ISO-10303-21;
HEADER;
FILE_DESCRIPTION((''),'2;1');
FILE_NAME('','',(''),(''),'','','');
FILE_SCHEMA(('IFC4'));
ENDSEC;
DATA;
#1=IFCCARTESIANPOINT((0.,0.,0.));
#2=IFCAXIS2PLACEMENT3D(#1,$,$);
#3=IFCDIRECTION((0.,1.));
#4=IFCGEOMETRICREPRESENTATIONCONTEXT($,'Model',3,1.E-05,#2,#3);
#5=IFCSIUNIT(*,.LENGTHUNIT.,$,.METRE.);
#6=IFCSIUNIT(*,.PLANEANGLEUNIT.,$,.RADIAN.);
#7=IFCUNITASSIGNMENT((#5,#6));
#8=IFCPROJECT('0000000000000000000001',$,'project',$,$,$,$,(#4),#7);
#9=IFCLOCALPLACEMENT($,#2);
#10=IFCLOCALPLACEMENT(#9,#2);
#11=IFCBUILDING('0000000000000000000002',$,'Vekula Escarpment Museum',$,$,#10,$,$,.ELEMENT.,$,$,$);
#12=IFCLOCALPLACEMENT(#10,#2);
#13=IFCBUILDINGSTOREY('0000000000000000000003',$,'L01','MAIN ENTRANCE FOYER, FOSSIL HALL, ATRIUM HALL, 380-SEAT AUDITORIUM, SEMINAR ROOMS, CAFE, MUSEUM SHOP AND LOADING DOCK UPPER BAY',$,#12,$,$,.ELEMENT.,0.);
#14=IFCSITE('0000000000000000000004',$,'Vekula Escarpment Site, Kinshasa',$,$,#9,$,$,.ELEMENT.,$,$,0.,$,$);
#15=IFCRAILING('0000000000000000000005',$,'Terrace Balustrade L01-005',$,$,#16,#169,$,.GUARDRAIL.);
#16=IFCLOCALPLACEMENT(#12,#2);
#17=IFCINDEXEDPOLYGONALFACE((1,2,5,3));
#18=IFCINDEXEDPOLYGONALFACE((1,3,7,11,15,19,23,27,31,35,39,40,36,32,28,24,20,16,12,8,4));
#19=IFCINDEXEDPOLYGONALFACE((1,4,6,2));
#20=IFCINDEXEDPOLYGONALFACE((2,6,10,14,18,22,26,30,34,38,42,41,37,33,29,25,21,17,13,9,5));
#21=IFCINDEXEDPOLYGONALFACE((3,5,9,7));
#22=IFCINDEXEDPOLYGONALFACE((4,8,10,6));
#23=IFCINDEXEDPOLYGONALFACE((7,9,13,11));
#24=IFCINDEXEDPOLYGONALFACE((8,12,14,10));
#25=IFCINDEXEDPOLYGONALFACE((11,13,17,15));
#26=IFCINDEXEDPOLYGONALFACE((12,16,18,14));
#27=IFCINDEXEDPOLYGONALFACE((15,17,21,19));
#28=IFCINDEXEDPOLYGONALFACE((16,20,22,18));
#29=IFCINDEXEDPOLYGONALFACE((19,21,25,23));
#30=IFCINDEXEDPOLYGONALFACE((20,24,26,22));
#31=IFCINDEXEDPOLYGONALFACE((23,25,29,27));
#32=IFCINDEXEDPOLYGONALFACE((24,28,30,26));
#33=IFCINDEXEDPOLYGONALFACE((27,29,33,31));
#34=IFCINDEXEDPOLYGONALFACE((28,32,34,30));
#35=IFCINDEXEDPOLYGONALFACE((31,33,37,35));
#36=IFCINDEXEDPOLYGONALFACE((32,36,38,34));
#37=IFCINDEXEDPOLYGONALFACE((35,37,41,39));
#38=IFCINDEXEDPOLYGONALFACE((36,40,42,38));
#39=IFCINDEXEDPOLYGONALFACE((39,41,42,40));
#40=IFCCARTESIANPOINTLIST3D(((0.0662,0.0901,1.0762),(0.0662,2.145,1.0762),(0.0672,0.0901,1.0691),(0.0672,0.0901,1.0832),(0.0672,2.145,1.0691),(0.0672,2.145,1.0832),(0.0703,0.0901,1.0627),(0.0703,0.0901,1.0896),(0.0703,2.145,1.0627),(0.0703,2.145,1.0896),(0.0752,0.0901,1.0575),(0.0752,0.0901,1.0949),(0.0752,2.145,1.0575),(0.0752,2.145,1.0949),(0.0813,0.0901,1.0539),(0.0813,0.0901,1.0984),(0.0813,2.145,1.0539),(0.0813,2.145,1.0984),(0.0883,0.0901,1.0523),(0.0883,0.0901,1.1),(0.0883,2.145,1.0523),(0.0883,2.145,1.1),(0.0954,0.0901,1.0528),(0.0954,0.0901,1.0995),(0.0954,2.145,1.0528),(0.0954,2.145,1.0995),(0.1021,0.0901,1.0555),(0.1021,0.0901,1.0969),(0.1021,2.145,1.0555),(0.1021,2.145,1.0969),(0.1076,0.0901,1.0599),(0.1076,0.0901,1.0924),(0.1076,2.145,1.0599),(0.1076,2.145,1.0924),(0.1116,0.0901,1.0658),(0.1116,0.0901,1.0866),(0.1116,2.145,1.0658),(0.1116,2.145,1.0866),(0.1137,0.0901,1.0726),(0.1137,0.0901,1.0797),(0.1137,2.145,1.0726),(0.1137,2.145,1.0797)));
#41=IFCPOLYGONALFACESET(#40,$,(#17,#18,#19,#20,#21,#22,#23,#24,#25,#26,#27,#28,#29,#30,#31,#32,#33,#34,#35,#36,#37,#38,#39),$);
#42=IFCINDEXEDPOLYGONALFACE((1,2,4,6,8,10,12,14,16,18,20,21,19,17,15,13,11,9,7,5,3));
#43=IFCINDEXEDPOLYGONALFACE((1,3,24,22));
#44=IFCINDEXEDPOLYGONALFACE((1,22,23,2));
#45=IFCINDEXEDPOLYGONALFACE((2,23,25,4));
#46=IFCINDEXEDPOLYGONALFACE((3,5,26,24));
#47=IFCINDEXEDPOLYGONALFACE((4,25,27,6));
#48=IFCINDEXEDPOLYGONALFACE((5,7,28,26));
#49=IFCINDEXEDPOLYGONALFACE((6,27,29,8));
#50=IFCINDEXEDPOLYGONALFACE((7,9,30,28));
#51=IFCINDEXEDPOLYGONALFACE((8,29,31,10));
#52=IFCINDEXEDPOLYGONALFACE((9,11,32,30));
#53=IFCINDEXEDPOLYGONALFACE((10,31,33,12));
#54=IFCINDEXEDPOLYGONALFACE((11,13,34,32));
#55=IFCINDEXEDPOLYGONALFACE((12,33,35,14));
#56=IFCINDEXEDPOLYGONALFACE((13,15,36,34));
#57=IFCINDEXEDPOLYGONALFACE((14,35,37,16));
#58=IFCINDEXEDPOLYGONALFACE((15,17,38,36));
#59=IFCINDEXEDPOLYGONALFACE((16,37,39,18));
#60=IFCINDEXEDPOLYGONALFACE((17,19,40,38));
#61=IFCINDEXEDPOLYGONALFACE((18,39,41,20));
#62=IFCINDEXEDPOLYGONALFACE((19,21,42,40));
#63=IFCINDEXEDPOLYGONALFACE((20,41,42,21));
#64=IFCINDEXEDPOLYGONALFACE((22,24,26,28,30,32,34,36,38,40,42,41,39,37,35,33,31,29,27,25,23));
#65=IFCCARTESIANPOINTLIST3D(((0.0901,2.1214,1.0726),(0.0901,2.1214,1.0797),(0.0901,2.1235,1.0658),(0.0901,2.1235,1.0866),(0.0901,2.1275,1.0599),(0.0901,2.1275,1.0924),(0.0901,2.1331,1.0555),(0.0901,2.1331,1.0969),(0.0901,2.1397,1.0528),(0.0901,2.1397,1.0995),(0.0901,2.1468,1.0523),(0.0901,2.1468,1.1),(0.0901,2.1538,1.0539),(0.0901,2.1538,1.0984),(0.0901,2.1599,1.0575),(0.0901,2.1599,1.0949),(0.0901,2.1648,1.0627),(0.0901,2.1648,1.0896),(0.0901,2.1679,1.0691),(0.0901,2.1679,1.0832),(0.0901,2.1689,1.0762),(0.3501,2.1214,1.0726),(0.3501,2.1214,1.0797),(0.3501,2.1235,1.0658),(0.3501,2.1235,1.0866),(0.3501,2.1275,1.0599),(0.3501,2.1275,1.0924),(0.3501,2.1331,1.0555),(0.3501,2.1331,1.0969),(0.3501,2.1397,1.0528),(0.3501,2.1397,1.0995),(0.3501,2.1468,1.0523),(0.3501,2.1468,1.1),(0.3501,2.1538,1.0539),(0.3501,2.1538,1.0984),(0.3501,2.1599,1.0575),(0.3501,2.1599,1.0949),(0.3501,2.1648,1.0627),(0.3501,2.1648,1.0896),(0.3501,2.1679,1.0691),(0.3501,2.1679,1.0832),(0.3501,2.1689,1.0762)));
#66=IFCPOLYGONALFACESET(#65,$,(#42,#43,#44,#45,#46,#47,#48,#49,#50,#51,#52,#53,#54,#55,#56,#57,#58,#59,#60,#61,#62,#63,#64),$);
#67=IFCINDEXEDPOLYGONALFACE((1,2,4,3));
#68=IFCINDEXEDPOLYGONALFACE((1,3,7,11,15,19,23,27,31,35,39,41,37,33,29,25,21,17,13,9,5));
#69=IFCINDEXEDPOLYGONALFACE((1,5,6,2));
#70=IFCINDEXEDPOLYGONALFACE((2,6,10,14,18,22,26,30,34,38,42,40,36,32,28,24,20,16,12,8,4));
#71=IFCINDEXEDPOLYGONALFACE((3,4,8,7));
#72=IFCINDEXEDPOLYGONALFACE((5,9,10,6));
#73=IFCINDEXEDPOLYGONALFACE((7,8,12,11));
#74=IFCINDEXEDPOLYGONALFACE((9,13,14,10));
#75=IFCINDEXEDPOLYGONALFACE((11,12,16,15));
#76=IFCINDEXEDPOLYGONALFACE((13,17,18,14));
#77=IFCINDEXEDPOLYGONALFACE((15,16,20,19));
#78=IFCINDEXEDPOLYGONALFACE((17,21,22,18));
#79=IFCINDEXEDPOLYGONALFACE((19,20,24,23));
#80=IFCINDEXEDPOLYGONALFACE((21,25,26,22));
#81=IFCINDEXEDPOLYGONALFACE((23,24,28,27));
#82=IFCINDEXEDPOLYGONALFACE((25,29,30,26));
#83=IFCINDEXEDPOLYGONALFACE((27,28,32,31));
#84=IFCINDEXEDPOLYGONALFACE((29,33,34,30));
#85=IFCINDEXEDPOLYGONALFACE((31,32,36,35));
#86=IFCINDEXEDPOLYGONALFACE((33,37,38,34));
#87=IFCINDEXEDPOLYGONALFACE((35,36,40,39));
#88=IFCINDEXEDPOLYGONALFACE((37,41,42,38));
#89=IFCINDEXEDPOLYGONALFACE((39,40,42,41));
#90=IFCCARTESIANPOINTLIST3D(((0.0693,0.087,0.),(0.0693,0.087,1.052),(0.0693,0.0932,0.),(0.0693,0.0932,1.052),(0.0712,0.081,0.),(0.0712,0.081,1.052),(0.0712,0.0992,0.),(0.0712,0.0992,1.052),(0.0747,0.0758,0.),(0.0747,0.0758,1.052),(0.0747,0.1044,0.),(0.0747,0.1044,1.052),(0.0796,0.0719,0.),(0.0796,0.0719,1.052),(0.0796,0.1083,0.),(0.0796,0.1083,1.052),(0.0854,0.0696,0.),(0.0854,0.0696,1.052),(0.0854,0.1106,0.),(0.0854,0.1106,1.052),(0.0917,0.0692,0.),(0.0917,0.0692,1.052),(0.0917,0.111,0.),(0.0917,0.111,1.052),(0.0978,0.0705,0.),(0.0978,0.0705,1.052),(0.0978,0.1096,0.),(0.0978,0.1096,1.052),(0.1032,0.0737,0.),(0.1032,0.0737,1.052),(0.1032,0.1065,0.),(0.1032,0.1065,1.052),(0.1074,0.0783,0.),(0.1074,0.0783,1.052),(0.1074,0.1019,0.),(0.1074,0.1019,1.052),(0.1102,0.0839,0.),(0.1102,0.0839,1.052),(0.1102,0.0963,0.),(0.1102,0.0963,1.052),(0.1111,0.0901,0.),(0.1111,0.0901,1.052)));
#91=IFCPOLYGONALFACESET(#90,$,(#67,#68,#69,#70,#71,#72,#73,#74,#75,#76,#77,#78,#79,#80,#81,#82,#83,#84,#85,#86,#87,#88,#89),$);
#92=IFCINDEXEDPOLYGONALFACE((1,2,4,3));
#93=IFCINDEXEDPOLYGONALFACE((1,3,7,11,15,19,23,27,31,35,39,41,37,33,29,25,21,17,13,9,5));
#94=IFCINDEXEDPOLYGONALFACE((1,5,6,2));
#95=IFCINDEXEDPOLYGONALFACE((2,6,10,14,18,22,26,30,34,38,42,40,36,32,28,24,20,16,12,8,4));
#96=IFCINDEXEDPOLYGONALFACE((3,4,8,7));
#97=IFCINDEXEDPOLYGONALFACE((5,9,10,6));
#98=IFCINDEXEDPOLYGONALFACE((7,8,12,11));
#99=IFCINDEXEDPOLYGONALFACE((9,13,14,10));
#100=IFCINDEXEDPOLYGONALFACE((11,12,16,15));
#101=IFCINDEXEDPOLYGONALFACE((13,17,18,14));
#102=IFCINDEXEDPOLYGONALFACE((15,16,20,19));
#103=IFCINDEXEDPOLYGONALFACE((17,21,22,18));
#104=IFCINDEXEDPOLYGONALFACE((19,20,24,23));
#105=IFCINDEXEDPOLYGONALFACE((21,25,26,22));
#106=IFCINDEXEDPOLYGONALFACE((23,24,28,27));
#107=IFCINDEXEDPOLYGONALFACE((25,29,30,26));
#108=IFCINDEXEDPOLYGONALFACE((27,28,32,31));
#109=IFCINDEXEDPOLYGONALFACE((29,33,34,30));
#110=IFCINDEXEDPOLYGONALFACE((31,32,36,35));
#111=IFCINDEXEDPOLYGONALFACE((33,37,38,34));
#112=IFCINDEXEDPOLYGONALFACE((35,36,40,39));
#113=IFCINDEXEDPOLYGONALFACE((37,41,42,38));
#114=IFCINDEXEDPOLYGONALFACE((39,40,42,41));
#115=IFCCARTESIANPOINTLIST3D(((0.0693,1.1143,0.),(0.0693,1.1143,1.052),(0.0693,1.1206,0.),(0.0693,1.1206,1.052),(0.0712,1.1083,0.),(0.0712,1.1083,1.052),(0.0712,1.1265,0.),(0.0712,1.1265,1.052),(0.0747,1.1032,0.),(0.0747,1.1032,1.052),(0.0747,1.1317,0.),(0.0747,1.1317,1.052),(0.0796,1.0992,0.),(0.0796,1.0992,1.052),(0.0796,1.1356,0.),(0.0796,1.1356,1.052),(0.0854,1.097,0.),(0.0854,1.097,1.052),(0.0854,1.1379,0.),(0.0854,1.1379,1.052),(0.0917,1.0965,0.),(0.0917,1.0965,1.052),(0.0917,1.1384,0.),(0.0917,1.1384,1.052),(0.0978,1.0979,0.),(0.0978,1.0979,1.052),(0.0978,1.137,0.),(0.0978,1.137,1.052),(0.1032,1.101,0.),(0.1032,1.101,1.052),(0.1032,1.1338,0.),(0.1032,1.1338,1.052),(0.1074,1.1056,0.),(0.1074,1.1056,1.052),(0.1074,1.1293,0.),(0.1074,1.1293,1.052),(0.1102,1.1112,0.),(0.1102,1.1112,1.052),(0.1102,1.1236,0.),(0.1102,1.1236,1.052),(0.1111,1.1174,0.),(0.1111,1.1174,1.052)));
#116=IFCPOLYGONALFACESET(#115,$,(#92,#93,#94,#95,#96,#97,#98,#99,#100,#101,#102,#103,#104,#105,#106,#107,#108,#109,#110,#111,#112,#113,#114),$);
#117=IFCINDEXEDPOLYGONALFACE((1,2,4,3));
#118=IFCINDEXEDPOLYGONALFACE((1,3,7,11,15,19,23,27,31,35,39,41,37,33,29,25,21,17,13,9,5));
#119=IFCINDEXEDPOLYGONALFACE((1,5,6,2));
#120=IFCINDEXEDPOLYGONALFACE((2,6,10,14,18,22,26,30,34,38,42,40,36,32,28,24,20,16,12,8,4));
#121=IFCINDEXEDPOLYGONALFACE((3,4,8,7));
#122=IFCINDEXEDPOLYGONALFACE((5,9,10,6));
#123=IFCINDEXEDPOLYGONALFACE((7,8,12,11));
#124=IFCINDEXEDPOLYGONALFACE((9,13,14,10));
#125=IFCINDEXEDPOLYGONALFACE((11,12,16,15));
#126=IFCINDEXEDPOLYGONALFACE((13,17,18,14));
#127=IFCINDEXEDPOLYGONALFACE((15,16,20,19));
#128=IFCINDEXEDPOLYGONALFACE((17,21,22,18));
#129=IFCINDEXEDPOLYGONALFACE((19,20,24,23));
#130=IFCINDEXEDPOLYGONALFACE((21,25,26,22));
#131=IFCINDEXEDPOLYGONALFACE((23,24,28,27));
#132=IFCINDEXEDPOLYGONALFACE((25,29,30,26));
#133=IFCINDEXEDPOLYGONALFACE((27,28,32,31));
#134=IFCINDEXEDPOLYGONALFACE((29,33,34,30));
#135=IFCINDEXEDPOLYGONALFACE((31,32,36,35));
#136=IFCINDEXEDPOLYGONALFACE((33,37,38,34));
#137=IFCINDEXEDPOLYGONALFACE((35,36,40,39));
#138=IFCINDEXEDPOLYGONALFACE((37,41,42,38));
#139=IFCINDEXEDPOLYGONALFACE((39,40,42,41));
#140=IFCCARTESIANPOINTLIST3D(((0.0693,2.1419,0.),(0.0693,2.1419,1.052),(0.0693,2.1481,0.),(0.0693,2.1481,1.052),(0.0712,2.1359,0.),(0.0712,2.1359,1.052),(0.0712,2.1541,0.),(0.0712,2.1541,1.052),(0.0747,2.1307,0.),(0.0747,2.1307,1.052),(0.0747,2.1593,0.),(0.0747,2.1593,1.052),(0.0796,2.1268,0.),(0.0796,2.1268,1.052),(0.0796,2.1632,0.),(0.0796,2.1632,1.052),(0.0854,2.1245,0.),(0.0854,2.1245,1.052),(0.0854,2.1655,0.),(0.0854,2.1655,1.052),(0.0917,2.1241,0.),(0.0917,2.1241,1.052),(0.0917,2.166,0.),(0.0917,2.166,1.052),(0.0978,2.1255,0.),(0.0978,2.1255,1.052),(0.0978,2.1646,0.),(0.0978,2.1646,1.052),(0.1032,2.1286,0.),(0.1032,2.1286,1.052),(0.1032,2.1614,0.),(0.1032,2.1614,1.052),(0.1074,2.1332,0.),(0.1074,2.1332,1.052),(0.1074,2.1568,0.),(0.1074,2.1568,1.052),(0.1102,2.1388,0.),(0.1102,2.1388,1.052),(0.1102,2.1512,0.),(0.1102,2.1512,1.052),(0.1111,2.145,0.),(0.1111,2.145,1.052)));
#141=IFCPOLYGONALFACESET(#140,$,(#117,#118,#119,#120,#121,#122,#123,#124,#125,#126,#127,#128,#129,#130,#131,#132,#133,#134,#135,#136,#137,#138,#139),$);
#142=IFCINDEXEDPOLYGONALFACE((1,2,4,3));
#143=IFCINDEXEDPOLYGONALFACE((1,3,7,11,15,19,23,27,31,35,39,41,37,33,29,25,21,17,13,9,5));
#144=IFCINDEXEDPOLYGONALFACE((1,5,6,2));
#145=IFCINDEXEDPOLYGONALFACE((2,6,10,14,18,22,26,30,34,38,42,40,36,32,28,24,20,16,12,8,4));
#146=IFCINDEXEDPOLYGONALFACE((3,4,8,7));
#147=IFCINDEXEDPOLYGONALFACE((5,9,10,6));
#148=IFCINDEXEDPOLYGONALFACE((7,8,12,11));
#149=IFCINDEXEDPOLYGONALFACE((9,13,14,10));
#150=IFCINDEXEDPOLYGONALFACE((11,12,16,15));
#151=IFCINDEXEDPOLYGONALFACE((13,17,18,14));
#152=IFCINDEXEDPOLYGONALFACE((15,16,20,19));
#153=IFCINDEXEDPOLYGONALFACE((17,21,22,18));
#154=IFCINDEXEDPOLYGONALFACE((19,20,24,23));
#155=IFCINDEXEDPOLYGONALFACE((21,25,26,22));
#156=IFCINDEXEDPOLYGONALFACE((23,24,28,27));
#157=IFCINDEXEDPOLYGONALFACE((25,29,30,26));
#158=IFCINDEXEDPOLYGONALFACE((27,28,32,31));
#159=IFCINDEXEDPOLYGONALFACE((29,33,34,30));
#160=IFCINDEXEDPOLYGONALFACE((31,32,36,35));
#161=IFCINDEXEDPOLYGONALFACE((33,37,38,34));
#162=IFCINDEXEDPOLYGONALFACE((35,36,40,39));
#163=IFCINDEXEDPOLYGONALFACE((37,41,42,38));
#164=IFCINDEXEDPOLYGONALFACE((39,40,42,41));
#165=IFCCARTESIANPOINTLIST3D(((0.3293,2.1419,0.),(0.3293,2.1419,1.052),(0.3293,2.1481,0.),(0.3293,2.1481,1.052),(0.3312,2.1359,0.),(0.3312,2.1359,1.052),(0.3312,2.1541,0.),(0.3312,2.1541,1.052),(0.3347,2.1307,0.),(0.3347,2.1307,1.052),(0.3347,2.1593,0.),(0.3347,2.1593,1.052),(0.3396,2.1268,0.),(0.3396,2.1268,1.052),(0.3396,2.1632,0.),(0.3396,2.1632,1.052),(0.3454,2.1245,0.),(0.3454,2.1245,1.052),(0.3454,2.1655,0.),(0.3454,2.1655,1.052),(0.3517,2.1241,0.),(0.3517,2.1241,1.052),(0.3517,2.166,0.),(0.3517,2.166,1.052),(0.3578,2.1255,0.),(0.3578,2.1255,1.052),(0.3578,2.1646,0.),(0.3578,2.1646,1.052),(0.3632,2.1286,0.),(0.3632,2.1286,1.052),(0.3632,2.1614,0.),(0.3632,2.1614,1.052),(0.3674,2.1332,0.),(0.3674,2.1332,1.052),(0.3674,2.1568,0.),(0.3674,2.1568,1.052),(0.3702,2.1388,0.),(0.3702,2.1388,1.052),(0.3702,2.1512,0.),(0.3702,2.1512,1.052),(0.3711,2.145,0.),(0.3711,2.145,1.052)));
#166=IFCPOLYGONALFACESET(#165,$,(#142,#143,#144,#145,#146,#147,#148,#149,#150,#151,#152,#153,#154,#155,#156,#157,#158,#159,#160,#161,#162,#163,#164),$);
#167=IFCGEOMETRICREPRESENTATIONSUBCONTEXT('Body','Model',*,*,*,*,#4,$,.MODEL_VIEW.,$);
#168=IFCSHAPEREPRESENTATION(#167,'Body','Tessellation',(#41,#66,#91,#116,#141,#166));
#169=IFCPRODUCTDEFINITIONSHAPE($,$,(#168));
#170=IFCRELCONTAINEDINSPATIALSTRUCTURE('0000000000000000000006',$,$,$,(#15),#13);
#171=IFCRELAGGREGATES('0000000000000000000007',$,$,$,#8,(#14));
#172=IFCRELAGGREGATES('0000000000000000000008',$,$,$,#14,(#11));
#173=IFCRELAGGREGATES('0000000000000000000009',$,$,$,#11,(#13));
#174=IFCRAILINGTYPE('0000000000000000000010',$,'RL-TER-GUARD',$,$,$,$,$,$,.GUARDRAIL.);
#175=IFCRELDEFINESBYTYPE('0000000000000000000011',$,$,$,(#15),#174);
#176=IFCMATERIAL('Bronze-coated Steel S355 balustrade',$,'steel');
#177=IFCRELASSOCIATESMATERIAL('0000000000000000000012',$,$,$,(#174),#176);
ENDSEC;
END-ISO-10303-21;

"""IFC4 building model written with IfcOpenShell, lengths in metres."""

from ifc_helpers import new_model, si_unit, direction, frame, origin, origin_2d, place, context, subcontext, project, spatial, circle, extrude, material, type_object, element, save


model = new_model("IFC4")

# Units and contexts
model_context = context("Model", 3, precision=1e-05, world=origin(), true_north=direction((0.0, 1.0)))
body_context = subcontext(model_context, "Body", "Model", "MODEL_VIEW")
ifc_project = project(units=[si_unit("LENGTHUNIT", "METRE"), si_unit("PLANEANGLEUNIT", "RADIAN")], contexts=[model_context])

# Site, building, storey
site_placement = place(None, origin())
site = spatial("IfcSite", under=ifc_project, at=site_placement, Name="Vekula Escarpment Site, Kinshasa", CompositionType="ELEMENT", RefElevation=0.0)
building_placement = place(site_placement, origin())
building = spatial("IfcBuilding", under=site, at=building_placement, Name="Vekula Escarpment Museum", CompositionType="ELEMENT")
storey_placement = place(building_placement, origin())
storey = spatial("IfcBuildingStorey", under=building, at=storey_placement, Name="L01", Description="MAIN ENTRANCE FOYER, FOSSIL HALL, ATRIUM HALL, 380-SEAT AUDITORIUM, SEMINAR ROOMS, CAFE, MUSEUM SHOP AND LOADING DOCK UPPER BAY", CompositionType="ELEMENT", Elevation=0.0)

# Railing
ifc_material_1 = material(Name="Bronze-coated Steel S355 balustrade", Category="steel")
railing_type_1 = type_object("IfcRailingType", Name="RL-TER-GUARD", PredefinedType="GUARDRAIL", material=ifc_material_1)
railing_1_placement = place(storey_placement, frame((0.0901, 0.0901, 0.0)))
element("IfcRailing", 1, at=railing_1_placement, inside=storey, type_object=railing_type_1, Name="Terrace Balustrade L01-005", PredefinedType="GUARDRAIL", context=body_context, shape_type="SweptSolid", body=[
    extrude(circle(Radius=0.0239, at=origin_2d()), frame((0.0, 0.0, 1.0762), z_axis=(0.0, 1.0, 0.0), x_axis=(-1.0, 0.0, 0.0)), (0.0, 0.0, 1.0), 2.0549),
    extrude(circle(Radius=0.0239, at=origin_2d()), frame((0.0, 2.0549, 1.0762), z_axis=(1.0, 0.0, 0.0), x_axis=(0.0, 1.0, 0.0)), (0.0, 0.0, 1.0), 0.26),
    extrude(circle(Radius=0.021, at=origin_2d()), origin(), (0.0, 0.0, 1.0), 1.052),
    extrude(circle(Radius=0.021, at=origin_2d()), frame((0.0, 1.0273, 0.0)), (0.0, 0.0, 1.0), 1.052),
    extrude(circle(Radius=0.021, at=origin_2d()), frame((0.0, 2.0549, 0.0)), (0.0, 0.0, 1.0), 1.052),
    extrude(circle(Radius=0.021, at=origin_2d()), frame((0.26, 2.0549, 0.0)), (0.0, 0.0, 1.0), 1.052),
])

save(model, "model.ifc")
